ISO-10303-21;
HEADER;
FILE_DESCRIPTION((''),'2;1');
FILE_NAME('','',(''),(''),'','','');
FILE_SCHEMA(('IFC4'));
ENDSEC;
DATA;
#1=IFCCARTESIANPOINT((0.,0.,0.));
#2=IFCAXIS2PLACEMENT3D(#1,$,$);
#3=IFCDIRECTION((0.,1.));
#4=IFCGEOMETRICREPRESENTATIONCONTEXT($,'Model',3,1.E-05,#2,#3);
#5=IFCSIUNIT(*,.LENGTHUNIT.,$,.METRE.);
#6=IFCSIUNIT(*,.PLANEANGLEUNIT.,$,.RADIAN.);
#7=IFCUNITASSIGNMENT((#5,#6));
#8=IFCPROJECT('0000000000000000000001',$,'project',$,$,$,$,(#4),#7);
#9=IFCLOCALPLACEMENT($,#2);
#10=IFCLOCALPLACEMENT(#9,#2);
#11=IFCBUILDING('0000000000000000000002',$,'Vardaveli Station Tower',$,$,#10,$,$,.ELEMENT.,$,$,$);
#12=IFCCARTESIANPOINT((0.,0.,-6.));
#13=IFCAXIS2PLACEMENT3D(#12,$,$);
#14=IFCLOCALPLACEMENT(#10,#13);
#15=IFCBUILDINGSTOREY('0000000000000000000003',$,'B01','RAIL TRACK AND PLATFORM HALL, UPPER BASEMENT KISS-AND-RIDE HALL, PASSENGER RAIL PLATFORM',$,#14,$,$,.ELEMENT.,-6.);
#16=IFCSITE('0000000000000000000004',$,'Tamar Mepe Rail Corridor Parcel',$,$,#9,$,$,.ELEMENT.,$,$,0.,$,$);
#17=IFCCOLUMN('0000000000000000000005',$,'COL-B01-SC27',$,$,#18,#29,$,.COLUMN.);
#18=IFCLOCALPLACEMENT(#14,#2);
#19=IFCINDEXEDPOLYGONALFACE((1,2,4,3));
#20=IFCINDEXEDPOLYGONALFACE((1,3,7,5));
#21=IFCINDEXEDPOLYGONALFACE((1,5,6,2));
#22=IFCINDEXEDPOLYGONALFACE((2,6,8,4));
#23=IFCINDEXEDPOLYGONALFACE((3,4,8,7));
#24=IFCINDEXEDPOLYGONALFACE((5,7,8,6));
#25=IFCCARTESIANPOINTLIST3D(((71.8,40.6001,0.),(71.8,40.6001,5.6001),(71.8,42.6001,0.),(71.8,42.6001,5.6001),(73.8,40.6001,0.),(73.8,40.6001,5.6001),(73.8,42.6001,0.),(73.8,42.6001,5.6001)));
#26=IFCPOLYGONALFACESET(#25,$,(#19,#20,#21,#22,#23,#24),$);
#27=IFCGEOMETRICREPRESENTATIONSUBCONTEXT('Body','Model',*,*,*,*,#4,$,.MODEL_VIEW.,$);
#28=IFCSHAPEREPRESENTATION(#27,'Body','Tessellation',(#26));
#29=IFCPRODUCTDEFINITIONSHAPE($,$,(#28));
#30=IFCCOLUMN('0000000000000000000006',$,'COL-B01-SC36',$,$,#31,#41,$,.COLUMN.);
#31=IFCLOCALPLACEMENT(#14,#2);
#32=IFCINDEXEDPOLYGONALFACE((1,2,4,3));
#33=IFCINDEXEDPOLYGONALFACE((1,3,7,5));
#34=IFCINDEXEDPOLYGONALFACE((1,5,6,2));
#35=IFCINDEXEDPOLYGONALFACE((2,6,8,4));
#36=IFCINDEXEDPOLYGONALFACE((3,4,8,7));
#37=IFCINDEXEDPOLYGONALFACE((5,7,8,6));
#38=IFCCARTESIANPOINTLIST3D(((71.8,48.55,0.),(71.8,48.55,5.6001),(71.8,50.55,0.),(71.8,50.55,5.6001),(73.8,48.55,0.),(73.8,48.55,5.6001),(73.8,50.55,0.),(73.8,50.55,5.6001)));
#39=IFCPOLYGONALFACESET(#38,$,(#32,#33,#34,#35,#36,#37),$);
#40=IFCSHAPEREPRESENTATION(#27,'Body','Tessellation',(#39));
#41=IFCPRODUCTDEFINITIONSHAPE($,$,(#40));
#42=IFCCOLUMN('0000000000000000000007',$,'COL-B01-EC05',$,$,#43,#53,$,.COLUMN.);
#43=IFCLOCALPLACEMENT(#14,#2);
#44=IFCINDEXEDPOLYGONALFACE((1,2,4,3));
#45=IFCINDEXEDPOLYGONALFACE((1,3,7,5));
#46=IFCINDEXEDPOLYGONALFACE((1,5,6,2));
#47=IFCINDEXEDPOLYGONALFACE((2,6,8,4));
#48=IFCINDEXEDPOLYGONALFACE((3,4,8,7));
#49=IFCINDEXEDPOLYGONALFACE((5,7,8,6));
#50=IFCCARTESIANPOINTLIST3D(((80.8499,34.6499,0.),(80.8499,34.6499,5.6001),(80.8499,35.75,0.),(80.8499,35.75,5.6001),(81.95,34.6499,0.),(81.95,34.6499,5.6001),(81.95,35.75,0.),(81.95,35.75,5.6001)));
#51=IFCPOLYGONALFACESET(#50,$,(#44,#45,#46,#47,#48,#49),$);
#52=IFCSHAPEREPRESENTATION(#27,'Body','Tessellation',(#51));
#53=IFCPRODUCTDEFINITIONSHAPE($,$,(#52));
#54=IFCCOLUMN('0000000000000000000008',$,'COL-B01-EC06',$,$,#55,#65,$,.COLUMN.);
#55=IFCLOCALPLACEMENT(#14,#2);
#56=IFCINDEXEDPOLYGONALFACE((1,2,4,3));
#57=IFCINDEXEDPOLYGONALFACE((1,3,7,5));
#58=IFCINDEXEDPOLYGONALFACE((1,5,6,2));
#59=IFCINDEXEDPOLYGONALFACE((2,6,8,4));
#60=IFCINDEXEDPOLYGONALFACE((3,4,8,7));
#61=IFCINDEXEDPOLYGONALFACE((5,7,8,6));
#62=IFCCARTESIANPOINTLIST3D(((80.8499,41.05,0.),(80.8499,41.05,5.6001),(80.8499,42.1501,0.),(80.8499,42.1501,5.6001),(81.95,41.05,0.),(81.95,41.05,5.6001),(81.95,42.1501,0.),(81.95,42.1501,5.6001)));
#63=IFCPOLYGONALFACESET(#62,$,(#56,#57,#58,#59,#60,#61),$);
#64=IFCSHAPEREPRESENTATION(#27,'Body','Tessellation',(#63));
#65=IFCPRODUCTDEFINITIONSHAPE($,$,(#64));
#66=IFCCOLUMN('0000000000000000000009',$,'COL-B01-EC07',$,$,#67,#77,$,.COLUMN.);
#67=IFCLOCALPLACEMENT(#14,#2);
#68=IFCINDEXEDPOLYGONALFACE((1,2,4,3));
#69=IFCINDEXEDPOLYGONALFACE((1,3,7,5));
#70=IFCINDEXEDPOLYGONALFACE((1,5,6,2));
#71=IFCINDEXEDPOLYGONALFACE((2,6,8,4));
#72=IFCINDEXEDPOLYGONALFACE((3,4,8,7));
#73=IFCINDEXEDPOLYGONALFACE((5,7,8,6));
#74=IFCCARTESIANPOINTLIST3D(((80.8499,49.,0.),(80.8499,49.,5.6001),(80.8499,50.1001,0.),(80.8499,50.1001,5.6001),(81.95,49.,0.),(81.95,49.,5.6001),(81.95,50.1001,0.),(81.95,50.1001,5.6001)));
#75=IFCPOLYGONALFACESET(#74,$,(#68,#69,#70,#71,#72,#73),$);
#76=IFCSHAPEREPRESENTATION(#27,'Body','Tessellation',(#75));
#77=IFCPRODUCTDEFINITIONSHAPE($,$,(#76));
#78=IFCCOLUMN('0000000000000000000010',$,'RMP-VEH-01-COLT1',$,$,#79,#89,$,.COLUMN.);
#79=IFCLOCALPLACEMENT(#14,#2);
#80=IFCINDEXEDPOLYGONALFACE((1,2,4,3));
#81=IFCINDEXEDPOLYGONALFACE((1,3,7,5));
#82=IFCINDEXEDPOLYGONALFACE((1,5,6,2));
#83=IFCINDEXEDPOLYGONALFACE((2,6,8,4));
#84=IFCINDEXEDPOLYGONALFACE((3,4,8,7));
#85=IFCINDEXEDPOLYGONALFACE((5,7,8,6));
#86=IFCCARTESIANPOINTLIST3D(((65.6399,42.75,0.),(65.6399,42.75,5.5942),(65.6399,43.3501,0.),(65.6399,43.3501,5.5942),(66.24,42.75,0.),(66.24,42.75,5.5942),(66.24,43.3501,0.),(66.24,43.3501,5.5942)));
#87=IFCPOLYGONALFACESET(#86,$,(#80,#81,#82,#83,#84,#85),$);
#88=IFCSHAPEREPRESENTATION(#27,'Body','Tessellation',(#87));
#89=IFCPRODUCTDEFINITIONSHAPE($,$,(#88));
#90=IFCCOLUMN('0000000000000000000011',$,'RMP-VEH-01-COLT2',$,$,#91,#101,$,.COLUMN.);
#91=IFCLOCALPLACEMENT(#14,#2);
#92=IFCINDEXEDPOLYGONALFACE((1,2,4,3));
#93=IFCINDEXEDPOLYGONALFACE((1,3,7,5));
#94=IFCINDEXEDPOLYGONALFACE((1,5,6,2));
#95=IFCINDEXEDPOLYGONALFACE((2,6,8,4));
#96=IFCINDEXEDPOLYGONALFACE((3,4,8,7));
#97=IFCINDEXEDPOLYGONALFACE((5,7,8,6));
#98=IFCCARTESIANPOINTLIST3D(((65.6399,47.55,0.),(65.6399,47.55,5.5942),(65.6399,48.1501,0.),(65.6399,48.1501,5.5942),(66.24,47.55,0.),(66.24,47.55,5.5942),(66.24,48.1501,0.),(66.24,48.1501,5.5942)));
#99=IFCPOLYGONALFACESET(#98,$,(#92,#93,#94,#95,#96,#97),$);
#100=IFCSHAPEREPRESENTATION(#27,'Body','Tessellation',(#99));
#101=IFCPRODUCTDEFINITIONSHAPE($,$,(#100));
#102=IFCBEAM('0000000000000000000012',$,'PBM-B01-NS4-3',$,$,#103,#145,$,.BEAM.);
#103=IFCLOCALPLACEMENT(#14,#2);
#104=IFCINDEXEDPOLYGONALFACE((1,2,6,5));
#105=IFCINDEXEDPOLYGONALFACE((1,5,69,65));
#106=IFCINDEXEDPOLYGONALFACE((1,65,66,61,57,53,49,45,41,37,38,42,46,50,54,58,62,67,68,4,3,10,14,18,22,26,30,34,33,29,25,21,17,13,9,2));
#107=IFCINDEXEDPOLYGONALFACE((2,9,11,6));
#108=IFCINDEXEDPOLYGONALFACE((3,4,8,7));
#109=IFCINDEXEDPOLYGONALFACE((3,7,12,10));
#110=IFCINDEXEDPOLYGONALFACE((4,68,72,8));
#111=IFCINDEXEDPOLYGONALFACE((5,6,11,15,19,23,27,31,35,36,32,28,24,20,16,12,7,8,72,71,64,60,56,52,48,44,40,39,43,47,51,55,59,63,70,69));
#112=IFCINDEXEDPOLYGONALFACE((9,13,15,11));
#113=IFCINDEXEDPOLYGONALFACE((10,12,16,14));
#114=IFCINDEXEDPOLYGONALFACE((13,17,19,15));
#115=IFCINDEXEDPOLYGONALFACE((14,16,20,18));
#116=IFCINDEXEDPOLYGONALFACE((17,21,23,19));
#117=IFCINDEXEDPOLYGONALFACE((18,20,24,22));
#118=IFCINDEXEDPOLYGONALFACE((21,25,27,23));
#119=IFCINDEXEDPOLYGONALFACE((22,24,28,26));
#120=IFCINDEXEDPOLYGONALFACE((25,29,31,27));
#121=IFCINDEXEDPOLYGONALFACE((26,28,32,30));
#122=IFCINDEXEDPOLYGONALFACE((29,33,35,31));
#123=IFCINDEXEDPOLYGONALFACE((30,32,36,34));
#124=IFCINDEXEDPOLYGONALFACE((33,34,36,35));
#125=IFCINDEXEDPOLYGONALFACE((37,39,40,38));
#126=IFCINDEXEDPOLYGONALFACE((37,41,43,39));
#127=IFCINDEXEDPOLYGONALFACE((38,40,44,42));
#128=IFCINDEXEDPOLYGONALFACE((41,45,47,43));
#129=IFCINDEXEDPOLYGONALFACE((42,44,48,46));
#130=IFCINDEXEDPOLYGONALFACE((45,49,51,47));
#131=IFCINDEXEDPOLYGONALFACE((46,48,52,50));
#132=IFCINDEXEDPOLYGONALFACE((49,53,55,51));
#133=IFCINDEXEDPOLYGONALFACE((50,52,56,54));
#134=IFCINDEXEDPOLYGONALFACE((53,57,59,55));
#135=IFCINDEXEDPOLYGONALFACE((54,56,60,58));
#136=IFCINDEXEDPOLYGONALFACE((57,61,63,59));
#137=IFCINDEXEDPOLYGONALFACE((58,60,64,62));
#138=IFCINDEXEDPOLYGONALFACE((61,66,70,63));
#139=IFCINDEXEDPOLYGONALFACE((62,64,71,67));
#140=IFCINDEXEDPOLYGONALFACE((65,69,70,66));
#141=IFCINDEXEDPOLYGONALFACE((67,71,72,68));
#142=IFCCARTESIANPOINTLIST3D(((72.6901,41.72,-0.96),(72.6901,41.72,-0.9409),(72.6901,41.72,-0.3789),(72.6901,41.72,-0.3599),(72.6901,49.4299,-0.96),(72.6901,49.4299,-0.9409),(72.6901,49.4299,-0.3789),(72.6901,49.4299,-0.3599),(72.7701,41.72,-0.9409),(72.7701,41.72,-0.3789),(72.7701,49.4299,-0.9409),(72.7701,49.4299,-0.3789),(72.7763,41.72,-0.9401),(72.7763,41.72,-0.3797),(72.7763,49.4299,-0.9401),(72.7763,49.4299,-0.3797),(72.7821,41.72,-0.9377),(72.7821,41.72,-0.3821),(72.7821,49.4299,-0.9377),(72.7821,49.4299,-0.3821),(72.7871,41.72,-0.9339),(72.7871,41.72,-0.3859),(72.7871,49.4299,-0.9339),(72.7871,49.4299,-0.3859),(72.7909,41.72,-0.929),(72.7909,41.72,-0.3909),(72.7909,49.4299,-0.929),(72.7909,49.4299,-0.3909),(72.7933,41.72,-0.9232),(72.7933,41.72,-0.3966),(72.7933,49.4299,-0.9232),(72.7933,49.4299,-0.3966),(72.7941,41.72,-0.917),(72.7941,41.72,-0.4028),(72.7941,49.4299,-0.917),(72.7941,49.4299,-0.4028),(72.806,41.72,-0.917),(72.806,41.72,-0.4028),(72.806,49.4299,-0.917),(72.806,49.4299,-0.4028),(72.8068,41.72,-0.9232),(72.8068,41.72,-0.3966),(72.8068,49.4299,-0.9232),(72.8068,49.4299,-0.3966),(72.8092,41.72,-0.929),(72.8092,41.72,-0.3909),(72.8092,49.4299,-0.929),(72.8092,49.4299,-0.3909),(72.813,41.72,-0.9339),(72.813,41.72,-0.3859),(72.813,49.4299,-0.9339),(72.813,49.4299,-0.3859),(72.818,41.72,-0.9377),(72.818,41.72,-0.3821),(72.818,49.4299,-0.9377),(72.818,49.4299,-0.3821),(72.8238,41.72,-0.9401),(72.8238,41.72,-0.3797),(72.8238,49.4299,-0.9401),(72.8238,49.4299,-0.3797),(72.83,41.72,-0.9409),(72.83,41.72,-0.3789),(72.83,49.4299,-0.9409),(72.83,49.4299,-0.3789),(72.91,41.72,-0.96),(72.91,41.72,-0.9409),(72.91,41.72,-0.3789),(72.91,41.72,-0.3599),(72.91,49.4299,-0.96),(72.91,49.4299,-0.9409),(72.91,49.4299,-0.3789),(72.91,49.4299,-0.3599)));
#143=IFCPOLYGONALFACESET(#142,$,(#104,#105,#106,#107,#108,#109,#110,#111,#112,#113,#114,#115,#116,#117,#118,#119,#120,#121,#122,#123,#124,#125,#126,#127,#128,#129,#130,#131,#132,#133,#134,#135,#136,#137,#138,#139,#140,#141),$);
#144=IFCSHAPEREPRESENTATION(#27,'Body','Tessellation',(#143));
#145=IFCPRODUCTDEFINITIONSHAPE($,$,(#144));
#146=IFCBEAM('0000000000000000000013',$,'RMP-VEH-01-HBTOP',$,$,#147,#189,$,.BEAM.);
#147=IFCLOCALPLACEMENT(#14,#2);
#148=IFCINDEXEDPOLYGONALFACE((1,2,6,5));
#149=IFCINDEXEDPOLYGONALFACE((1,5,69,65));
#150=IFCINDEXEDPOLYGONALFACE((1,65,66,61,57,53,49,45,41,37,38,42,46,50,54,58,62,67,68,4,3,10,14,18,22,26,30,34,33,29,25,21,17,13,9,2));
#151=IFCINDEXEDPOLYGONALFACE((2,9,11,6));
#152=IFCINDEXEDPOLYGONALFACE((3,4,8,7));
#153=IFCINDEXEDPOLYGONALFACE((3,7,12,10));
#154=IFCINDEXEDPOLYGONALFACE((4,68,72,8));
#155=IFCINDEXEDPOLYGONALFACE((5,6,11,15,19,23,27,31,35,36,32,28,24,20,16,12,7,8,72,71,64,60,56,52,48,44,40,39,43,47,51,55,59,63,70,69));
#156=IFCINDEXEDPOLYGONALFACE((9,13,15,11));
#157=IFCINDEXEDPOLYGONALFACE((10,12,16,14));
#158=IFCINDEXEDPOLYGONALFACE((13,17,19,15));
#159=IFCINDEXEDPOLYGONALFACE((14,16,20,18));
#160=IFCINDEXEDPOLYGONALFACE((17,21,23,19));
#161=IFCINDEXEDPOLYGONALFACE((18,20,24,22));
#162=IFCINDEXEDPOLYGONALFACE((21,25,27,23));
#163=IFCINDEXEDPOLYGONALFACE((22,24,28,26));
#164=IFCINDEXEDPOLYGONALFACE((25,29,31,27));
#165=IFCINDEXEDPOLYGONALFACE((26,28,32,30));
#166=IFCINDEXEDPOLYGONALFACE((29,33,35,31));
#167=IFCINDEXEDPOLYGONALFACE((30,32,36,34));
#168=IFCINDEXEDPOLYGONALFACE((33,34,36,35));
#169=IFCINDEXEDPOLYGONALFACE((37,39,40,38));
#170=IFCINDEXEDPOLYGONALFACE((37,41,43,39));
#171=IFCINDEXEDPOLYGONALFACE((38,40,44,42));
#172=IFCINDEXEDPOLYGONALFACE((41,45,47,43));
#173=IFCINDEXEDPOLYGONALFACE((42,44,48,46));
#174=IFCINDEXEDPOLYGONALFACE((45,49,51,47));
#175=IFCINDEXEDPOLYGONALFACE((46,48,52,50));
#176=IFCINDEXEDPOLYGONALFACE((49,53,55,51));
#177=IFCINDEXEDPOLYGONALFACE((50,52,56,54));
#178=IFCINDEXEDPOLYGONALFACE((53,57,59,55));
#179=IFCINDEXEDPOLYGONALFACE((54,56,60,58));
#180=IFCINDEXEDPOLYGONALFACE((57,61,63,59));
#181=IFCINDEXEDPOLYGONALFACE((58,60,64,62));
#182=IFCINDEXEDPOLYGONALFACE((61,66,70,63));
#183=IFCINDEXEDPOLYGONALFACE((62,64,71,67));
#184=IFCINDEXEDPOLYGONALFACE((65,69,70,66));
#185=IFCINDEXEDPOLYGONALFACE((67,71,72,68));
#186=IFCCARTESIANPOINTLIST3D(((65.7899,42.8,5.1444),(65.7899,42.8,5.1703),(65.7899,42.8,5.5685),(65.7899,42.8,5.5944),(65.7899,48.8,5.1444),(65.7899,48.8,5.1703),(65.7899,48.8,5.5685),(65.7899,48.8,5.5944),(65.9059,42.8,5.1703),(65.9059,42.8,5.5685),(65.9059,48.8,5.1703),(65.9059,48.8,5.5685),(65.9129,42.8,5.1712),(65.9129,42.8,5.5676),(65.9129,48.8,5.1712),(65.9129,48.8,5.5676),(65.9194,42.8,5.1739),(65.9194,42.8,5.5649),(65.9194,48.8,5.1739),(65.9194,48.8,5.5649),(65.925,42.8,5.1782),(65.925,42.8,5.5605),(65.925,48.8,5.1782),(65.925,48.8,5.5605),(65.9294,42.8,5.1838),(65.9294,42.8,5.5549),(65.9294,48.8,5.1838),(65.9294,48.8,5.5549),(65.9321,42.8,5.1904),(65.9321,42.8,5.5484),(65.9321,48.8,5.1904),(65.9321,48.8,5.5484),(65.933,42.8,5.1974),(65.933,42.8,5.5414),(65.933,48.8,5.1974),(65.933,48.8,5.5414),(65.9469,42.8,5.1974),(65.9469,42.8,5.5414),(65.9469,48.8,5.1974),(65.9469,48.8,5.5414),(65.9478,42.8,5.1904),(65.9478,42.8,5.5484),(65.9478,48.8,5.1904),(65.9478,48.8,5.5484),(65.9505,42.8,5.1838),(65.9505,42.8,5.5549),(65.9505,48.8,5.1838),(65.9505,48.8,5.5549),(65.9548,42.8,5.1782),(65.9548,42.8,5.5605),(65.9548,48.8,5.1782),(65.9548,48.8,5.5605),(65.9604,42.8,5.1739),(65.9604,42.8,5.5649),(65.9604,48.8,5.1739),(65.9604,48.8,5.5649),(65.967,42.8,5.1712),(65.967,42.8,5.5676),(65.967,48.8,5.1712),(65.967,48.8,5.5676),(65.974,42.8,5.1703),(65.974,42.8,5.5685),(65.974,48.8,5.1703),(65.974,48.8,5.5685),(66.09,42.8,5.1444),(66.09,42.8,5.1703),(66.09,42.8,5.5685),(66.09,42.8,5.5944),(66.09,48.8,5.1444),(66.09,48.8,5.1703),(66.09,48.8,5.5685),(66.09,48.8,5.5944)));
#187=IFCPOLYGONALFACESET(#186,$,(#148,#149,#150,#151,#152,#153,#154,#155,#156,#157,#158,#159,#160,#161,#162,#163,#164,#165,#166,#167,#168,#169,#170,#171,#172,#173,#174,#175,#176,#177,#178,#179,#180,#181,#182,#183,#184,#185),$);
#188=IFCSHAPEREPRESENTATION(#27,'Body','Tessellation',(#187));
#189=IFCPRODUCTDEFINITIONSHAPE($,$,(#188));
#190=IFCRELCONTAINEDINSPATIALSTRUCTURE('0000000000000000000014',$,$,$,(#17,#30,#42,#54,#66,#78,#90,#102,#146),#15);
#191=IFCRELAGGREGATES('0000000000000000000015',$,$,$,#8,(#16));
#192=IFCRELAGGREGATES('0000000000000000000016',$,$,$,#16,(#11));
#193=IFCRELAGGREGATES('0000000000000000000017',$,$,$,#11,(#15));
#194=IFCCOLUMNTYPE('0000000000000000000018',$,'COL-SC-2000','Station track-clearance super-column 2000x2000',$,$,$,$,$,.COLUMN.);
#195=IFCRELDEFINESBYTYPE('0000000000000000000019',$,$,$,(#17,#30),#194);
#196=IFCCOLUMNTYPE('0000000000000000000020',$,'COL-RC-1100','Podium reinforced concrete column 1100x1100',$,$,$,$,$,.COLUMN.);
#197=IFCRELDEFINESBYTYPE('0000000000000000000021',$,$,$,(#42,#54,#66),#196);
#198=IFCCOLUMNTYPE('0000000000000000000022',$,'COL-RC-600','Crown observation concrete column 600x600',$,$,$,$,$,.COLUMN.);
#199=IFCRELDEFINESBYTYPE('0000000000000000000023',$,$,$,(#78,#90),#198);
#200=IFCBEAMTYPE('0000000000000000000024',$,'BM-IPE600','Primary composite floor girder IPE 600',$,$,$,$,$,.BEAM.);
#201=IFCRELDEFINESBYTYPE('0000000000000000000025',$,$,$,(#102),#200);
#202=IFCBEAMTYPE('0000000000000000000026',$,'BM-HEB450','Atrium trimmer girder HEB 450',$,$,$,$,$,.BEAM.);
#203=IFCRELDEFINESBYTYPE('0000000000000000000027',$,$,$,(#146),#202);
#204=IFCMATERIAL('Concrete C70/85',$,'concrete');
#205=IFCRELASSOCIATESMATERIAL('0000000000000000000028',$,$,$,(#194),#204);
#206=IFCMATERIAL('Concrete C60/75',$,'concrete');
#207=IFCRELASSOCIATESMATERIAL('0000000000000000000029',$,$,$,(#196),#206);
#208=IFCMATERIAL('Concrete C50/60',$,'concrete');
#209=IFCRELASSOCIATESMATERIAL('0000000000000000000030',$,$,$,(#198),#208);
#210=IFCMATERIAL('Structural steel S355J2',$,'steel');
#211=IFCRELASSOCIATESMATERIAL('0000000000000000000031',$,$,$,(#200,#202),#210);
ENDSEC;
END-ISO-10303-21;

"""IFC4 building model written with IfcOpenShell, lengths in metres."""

from ifc_helpers import new_model, si_unit, direction, frame, origin, origin_2d, place, context, subcontext, project, spatial, rectangle, i_section, extrude, source, transform, mapped, material, material_profile, profile_set, type_object, element, save


model = new_model("IFC4")

# Units and contexts
model_context = context("Model", 3, precision=1e-05, world=origin(), true_north=direction((0.0, 1.0)))
body_context = subcontext(model_context, "Body", "Model", "MODEL_VIEW")
ifc_project = project(units=[si_unit("LENGTHUNIT", "METRE"), si_unit("PLANEANGLEUNIT", "RADIAN")], contexts=[model_context])

# Site, building, storey
site_placement = place(None, origin())
site = spatial("IfcSite", under=ifc_project, at=site_placement, Name="Tamar Mepe Rail Corridor Parcel", CompositionType="ELEMENT", RefElevation=0.0)
building_placement = place(site_placement, origin())
building = spatial("IfcBuilding", under=site, at=building_placement, Name="Vardaveli Station Tower", CompositionType="ELEMENT")
storey_placement = place(building_placement, frame((0.0, 0.0, -6.0)))
storey = spatial("IfcBuildingStorey", under=building, at=storey_placement, Name="B01", Description="RAIL TRACK AND PLATFORM HALL, UPPER BASEMENT KISS-AND-RIDE HALL, PASSENGER RAIL PLATFORM", CompositionType="ELEMENT", Elevation=-6.0)

# Columns
ifc_material_1 = material(Name="Concrete C70/85", Category="concrete")
ifc_material_profile_1 = material_profile(ifc_material_1, rectangle(XDim=2.0, YDim=2.0, at=origin_2d()), Name="SC 2000x2000")
ifc_profile_set_1 = profile_set([ifc_material_profile_1], Name="Concrete C70/85")
column_type_1 = type_object("IfcColumnType", Name="COL-SC-2000", Description="Station track-clearance super-column 2000x2000", PredefinedType="COLUMN", material=ifc_profile_set_1)
shared_shape_1 = source(origin(), body_context, "Body", "SweptSolid", [
    extrude(rectangle(XDim=2.0, YDim=2.0, at=origin_2d()), origin(), (0.0, 0.0, 1.0), 5.6001),
])
for number, where, z_axis, x_axis, name in (
    (1, (72.8, 41.6001, 0.0), (0.0, 0.0, 1.0), (1.0, 0.0, 0.0), "COL-B01-SC27"),
    (2, (72.8, 49.55, 0.0), (0.0, 0.0, 1.0), (1.0, 0.0, 0.0), "COL-B01-SC36"),
):
    element("IfcColumn", number, at=place(storey_placement, frame(where, z_axis=z_axis, x_axis=x_axis)), inside=storey, type_object=column_type_1, Name=name, PredefinedType="COLUMN", context=body_context, shape_type="MappedRepresentation", body=[
        mapped(shared_shape_1, transform((0.0, 0.0, 0.0), scale=1.0)),
    ])
ifc_material_2 = material(Name="Concrete C60/75", Category="concrete")
ifc_material_profile_2 = material_profile(ifc_material_2, rectangle(XDim=1.1001, YDim=1.1001, at=origin_2d()), Name="RC 1100x1100")
ifc_profile_set_2 = profile_set([ifc_material_profile_2], Name="Concrete C60/75")
column_type_2 = type_object("IfcColumnType", Name="COL-RC-1100", Description="Podium reinforced concrete column 1100x1100", PredefinedType="COLUMN", material=ifc_profile_set_2)
shared_shape_2 = source(origin(), body_context, "Body", "SweptSolid", [
    extrude(rectangle(XDim=1.1001, YDim=1.1001, at=origin_2d()), origin(), (0.0, 0.0, 1.0), 5.6001),
])
for number, where, z_axis, x_axis, name in (
    (3, (81.3999, 35.2, 0.0), (0.0, 0.0, 1.0), (1.0, 0.0, 0.0), "COL-B01-EC05"),
    (4, (81.3999, 41.6001, 0.0), (0.0, 0.0, 1.0), (1.0, 0.0, 0.0), "COL-B01-EC06"),
    (5, (81.3999, 49.55, 0.0), (0.0, 0.0, 1.0), (1.0, 0.0, 0.0), "COL-B01-EC07"),
):
    element("IfcColumn", number, at=place(storey_placement, frame(where, z_axis=z_axis, x_axis=x_axis)), inside=storey, type_object=column_type_2, Name=name, PredefinedType="COLUMN", context=body_context, shape_type="MappedRepresentation", body=[
        mapped(shared_shape_2, transform((0.0, 0.0, 0.0), scale=1.0)),
    ])
ifc_material_3 = material(Name="Concrete C50/60", Category="concrete")
ifc_material_profile_3 = material_profile(ifc_material_3, rectangle(XDim=0.6001, YDim=0.6001, at=origin_2d()), Name="RC 600x600")
ifc_profile_set_3 = profile_set([ifc_material_profile_3], Name="Concrete C50/60")
column_type_3 = type_object("IfcColumnType", Name="COL-RC-600", Description="Crown observation concrete column 600x600", PredefinedType="COLUMN", material=ifc_profile_set_3)
shared_shape_3 = source(origin(), body_context, "Body", "SweptSolid", [
    extrude(rectangle(XDim=0.6001, YDim=0.6001, at=origin_2d()), origin(), (0.0, 0.0, 1.0), 5.5942),
])
for number, where, z_axis, x_axis, name in (
    (6, (65.9399, 43.05, 0.0), (0.0, 0.0, 1.0), (1.0, 0.0, 0.0), "RMP-VEH-01-COLT1"),
    (7, (65.9399, 47.8501, 0.0), (0.0, 0.0, 1.0), (1.0, 0.0, 0.0), "RMP-VEH-01-COLT2"),
):
    element("IfcColumn", number, at=place(storey_placement, frame(where, z_axis=z_axis, x_axis=x_axis)), inside=storey, type_object=column_type_3, Name=name, PredefinedType="COLUMN", context=body_context, shape_type="MappedRepresentation", body=[
        mapped(shared_shape_3, transform((0.0, 0.0, 0.0), scale=1.0)),
    ])

# Beams
ifc_material_4 = material(Name="Structural steel S355J2", Category="steel")
ifc_material_profile_4 = material_profile(ifc_material_4, i_section(OverallWidth=0.22, OverallDepth=0.6001, WebThickness=0.012, FlangeThickness=0.019, FilletRadius=0.0239, at=origin_2d()), Name="IPE 600")
ifc_profile_set_4 = profile_set([ifc_material_profile_4], Name="Structural steel S355J2")
beam_type_1 = type_object("IfcBeamType", Name="BM-IPE600", Description="Primary composite floor girder IPE 600", PredefinedType="BEAM", material=ifc_profile_set_4)
shared_shape_4 = source(origin(), body_context, "Body", "SweptSolid", [
    extrude(i_section(OverallWidth=0.22, OverallDepth=0.6001, WebThickness=0.012, FlangeThickness=0.019, FilletRadius=0.0239, at=origin_2d()), origin(), (0.0, 0.0, 1.0), 7.71),
])
beam_1_placement = place(storey_placement, frame((72.8, 41.72, -0.6599), z_axis=(0.0, 1.0, 0.0), x_axis=(-1.0, 0.0, 0.0)))
element("IfcBeam", 8, at=beam_1_placement, inside=storey, type_object=beam_type_1, Name="PBM-B01-NS4-3", PredefinedType="BEAM", context=body_context, shape_type="MappedRepresentation", body=[
    mapped(shared_shape_4, transform((0.0, 0.0, 0.0), scale=1.0)),
])
ifc_material_profile_5 = material_profile(ifc_material_4, i_section(OverallWidth=0.3, OverallDepth=0.45, WebThickness=0.0139, FlangeThickness=0.0259, FilletRadius=0.0271, at=origin_2d()), Name="HEB 450")
ifc_profile_set_5 = profile_set([ifc_material_profile_5], Name="Structural steel S355J2")
beam_type_2 = type_object("IfcBeamType", Name="BM-HEB450", Description="Atrium trimmer girder HEB 450", PredefinedType="BEAM", material=ifc_profile_set_5)
shared_shape_5 = source(origin(), body_context, "Body", "SweptSolid", [
    extrude(i_section(OverallWidth=0.3, OverallDepth=0.45, WebThickness=0.0139, FlangeThickness=0.0259, FilletRadius=0.0271, at=origin_2d()), origin(), (0.0, 0.0, 1.0), 6.0),
])
beam_2_placement = place(storey_placement, frame((65.9399, 42.8, 5.3694), z_axis=(0.0, 1.0, 0.0), x_axis=(-1.0, 0.0, 0.0)))
element("IfcBeam", 9, at=beam_2_placement, inside=storey, type_object=beam_type_2, Name="RMP-VEH-01-HBTOP", PredefinedType="BEAM", context=body_context, shape_type="MappedRepresentation", body=[
    mapped(shared_shape_5, transform((0.0, 0.0, 0.0), scale=1.0)),
])

save(model, "model.ifc")
